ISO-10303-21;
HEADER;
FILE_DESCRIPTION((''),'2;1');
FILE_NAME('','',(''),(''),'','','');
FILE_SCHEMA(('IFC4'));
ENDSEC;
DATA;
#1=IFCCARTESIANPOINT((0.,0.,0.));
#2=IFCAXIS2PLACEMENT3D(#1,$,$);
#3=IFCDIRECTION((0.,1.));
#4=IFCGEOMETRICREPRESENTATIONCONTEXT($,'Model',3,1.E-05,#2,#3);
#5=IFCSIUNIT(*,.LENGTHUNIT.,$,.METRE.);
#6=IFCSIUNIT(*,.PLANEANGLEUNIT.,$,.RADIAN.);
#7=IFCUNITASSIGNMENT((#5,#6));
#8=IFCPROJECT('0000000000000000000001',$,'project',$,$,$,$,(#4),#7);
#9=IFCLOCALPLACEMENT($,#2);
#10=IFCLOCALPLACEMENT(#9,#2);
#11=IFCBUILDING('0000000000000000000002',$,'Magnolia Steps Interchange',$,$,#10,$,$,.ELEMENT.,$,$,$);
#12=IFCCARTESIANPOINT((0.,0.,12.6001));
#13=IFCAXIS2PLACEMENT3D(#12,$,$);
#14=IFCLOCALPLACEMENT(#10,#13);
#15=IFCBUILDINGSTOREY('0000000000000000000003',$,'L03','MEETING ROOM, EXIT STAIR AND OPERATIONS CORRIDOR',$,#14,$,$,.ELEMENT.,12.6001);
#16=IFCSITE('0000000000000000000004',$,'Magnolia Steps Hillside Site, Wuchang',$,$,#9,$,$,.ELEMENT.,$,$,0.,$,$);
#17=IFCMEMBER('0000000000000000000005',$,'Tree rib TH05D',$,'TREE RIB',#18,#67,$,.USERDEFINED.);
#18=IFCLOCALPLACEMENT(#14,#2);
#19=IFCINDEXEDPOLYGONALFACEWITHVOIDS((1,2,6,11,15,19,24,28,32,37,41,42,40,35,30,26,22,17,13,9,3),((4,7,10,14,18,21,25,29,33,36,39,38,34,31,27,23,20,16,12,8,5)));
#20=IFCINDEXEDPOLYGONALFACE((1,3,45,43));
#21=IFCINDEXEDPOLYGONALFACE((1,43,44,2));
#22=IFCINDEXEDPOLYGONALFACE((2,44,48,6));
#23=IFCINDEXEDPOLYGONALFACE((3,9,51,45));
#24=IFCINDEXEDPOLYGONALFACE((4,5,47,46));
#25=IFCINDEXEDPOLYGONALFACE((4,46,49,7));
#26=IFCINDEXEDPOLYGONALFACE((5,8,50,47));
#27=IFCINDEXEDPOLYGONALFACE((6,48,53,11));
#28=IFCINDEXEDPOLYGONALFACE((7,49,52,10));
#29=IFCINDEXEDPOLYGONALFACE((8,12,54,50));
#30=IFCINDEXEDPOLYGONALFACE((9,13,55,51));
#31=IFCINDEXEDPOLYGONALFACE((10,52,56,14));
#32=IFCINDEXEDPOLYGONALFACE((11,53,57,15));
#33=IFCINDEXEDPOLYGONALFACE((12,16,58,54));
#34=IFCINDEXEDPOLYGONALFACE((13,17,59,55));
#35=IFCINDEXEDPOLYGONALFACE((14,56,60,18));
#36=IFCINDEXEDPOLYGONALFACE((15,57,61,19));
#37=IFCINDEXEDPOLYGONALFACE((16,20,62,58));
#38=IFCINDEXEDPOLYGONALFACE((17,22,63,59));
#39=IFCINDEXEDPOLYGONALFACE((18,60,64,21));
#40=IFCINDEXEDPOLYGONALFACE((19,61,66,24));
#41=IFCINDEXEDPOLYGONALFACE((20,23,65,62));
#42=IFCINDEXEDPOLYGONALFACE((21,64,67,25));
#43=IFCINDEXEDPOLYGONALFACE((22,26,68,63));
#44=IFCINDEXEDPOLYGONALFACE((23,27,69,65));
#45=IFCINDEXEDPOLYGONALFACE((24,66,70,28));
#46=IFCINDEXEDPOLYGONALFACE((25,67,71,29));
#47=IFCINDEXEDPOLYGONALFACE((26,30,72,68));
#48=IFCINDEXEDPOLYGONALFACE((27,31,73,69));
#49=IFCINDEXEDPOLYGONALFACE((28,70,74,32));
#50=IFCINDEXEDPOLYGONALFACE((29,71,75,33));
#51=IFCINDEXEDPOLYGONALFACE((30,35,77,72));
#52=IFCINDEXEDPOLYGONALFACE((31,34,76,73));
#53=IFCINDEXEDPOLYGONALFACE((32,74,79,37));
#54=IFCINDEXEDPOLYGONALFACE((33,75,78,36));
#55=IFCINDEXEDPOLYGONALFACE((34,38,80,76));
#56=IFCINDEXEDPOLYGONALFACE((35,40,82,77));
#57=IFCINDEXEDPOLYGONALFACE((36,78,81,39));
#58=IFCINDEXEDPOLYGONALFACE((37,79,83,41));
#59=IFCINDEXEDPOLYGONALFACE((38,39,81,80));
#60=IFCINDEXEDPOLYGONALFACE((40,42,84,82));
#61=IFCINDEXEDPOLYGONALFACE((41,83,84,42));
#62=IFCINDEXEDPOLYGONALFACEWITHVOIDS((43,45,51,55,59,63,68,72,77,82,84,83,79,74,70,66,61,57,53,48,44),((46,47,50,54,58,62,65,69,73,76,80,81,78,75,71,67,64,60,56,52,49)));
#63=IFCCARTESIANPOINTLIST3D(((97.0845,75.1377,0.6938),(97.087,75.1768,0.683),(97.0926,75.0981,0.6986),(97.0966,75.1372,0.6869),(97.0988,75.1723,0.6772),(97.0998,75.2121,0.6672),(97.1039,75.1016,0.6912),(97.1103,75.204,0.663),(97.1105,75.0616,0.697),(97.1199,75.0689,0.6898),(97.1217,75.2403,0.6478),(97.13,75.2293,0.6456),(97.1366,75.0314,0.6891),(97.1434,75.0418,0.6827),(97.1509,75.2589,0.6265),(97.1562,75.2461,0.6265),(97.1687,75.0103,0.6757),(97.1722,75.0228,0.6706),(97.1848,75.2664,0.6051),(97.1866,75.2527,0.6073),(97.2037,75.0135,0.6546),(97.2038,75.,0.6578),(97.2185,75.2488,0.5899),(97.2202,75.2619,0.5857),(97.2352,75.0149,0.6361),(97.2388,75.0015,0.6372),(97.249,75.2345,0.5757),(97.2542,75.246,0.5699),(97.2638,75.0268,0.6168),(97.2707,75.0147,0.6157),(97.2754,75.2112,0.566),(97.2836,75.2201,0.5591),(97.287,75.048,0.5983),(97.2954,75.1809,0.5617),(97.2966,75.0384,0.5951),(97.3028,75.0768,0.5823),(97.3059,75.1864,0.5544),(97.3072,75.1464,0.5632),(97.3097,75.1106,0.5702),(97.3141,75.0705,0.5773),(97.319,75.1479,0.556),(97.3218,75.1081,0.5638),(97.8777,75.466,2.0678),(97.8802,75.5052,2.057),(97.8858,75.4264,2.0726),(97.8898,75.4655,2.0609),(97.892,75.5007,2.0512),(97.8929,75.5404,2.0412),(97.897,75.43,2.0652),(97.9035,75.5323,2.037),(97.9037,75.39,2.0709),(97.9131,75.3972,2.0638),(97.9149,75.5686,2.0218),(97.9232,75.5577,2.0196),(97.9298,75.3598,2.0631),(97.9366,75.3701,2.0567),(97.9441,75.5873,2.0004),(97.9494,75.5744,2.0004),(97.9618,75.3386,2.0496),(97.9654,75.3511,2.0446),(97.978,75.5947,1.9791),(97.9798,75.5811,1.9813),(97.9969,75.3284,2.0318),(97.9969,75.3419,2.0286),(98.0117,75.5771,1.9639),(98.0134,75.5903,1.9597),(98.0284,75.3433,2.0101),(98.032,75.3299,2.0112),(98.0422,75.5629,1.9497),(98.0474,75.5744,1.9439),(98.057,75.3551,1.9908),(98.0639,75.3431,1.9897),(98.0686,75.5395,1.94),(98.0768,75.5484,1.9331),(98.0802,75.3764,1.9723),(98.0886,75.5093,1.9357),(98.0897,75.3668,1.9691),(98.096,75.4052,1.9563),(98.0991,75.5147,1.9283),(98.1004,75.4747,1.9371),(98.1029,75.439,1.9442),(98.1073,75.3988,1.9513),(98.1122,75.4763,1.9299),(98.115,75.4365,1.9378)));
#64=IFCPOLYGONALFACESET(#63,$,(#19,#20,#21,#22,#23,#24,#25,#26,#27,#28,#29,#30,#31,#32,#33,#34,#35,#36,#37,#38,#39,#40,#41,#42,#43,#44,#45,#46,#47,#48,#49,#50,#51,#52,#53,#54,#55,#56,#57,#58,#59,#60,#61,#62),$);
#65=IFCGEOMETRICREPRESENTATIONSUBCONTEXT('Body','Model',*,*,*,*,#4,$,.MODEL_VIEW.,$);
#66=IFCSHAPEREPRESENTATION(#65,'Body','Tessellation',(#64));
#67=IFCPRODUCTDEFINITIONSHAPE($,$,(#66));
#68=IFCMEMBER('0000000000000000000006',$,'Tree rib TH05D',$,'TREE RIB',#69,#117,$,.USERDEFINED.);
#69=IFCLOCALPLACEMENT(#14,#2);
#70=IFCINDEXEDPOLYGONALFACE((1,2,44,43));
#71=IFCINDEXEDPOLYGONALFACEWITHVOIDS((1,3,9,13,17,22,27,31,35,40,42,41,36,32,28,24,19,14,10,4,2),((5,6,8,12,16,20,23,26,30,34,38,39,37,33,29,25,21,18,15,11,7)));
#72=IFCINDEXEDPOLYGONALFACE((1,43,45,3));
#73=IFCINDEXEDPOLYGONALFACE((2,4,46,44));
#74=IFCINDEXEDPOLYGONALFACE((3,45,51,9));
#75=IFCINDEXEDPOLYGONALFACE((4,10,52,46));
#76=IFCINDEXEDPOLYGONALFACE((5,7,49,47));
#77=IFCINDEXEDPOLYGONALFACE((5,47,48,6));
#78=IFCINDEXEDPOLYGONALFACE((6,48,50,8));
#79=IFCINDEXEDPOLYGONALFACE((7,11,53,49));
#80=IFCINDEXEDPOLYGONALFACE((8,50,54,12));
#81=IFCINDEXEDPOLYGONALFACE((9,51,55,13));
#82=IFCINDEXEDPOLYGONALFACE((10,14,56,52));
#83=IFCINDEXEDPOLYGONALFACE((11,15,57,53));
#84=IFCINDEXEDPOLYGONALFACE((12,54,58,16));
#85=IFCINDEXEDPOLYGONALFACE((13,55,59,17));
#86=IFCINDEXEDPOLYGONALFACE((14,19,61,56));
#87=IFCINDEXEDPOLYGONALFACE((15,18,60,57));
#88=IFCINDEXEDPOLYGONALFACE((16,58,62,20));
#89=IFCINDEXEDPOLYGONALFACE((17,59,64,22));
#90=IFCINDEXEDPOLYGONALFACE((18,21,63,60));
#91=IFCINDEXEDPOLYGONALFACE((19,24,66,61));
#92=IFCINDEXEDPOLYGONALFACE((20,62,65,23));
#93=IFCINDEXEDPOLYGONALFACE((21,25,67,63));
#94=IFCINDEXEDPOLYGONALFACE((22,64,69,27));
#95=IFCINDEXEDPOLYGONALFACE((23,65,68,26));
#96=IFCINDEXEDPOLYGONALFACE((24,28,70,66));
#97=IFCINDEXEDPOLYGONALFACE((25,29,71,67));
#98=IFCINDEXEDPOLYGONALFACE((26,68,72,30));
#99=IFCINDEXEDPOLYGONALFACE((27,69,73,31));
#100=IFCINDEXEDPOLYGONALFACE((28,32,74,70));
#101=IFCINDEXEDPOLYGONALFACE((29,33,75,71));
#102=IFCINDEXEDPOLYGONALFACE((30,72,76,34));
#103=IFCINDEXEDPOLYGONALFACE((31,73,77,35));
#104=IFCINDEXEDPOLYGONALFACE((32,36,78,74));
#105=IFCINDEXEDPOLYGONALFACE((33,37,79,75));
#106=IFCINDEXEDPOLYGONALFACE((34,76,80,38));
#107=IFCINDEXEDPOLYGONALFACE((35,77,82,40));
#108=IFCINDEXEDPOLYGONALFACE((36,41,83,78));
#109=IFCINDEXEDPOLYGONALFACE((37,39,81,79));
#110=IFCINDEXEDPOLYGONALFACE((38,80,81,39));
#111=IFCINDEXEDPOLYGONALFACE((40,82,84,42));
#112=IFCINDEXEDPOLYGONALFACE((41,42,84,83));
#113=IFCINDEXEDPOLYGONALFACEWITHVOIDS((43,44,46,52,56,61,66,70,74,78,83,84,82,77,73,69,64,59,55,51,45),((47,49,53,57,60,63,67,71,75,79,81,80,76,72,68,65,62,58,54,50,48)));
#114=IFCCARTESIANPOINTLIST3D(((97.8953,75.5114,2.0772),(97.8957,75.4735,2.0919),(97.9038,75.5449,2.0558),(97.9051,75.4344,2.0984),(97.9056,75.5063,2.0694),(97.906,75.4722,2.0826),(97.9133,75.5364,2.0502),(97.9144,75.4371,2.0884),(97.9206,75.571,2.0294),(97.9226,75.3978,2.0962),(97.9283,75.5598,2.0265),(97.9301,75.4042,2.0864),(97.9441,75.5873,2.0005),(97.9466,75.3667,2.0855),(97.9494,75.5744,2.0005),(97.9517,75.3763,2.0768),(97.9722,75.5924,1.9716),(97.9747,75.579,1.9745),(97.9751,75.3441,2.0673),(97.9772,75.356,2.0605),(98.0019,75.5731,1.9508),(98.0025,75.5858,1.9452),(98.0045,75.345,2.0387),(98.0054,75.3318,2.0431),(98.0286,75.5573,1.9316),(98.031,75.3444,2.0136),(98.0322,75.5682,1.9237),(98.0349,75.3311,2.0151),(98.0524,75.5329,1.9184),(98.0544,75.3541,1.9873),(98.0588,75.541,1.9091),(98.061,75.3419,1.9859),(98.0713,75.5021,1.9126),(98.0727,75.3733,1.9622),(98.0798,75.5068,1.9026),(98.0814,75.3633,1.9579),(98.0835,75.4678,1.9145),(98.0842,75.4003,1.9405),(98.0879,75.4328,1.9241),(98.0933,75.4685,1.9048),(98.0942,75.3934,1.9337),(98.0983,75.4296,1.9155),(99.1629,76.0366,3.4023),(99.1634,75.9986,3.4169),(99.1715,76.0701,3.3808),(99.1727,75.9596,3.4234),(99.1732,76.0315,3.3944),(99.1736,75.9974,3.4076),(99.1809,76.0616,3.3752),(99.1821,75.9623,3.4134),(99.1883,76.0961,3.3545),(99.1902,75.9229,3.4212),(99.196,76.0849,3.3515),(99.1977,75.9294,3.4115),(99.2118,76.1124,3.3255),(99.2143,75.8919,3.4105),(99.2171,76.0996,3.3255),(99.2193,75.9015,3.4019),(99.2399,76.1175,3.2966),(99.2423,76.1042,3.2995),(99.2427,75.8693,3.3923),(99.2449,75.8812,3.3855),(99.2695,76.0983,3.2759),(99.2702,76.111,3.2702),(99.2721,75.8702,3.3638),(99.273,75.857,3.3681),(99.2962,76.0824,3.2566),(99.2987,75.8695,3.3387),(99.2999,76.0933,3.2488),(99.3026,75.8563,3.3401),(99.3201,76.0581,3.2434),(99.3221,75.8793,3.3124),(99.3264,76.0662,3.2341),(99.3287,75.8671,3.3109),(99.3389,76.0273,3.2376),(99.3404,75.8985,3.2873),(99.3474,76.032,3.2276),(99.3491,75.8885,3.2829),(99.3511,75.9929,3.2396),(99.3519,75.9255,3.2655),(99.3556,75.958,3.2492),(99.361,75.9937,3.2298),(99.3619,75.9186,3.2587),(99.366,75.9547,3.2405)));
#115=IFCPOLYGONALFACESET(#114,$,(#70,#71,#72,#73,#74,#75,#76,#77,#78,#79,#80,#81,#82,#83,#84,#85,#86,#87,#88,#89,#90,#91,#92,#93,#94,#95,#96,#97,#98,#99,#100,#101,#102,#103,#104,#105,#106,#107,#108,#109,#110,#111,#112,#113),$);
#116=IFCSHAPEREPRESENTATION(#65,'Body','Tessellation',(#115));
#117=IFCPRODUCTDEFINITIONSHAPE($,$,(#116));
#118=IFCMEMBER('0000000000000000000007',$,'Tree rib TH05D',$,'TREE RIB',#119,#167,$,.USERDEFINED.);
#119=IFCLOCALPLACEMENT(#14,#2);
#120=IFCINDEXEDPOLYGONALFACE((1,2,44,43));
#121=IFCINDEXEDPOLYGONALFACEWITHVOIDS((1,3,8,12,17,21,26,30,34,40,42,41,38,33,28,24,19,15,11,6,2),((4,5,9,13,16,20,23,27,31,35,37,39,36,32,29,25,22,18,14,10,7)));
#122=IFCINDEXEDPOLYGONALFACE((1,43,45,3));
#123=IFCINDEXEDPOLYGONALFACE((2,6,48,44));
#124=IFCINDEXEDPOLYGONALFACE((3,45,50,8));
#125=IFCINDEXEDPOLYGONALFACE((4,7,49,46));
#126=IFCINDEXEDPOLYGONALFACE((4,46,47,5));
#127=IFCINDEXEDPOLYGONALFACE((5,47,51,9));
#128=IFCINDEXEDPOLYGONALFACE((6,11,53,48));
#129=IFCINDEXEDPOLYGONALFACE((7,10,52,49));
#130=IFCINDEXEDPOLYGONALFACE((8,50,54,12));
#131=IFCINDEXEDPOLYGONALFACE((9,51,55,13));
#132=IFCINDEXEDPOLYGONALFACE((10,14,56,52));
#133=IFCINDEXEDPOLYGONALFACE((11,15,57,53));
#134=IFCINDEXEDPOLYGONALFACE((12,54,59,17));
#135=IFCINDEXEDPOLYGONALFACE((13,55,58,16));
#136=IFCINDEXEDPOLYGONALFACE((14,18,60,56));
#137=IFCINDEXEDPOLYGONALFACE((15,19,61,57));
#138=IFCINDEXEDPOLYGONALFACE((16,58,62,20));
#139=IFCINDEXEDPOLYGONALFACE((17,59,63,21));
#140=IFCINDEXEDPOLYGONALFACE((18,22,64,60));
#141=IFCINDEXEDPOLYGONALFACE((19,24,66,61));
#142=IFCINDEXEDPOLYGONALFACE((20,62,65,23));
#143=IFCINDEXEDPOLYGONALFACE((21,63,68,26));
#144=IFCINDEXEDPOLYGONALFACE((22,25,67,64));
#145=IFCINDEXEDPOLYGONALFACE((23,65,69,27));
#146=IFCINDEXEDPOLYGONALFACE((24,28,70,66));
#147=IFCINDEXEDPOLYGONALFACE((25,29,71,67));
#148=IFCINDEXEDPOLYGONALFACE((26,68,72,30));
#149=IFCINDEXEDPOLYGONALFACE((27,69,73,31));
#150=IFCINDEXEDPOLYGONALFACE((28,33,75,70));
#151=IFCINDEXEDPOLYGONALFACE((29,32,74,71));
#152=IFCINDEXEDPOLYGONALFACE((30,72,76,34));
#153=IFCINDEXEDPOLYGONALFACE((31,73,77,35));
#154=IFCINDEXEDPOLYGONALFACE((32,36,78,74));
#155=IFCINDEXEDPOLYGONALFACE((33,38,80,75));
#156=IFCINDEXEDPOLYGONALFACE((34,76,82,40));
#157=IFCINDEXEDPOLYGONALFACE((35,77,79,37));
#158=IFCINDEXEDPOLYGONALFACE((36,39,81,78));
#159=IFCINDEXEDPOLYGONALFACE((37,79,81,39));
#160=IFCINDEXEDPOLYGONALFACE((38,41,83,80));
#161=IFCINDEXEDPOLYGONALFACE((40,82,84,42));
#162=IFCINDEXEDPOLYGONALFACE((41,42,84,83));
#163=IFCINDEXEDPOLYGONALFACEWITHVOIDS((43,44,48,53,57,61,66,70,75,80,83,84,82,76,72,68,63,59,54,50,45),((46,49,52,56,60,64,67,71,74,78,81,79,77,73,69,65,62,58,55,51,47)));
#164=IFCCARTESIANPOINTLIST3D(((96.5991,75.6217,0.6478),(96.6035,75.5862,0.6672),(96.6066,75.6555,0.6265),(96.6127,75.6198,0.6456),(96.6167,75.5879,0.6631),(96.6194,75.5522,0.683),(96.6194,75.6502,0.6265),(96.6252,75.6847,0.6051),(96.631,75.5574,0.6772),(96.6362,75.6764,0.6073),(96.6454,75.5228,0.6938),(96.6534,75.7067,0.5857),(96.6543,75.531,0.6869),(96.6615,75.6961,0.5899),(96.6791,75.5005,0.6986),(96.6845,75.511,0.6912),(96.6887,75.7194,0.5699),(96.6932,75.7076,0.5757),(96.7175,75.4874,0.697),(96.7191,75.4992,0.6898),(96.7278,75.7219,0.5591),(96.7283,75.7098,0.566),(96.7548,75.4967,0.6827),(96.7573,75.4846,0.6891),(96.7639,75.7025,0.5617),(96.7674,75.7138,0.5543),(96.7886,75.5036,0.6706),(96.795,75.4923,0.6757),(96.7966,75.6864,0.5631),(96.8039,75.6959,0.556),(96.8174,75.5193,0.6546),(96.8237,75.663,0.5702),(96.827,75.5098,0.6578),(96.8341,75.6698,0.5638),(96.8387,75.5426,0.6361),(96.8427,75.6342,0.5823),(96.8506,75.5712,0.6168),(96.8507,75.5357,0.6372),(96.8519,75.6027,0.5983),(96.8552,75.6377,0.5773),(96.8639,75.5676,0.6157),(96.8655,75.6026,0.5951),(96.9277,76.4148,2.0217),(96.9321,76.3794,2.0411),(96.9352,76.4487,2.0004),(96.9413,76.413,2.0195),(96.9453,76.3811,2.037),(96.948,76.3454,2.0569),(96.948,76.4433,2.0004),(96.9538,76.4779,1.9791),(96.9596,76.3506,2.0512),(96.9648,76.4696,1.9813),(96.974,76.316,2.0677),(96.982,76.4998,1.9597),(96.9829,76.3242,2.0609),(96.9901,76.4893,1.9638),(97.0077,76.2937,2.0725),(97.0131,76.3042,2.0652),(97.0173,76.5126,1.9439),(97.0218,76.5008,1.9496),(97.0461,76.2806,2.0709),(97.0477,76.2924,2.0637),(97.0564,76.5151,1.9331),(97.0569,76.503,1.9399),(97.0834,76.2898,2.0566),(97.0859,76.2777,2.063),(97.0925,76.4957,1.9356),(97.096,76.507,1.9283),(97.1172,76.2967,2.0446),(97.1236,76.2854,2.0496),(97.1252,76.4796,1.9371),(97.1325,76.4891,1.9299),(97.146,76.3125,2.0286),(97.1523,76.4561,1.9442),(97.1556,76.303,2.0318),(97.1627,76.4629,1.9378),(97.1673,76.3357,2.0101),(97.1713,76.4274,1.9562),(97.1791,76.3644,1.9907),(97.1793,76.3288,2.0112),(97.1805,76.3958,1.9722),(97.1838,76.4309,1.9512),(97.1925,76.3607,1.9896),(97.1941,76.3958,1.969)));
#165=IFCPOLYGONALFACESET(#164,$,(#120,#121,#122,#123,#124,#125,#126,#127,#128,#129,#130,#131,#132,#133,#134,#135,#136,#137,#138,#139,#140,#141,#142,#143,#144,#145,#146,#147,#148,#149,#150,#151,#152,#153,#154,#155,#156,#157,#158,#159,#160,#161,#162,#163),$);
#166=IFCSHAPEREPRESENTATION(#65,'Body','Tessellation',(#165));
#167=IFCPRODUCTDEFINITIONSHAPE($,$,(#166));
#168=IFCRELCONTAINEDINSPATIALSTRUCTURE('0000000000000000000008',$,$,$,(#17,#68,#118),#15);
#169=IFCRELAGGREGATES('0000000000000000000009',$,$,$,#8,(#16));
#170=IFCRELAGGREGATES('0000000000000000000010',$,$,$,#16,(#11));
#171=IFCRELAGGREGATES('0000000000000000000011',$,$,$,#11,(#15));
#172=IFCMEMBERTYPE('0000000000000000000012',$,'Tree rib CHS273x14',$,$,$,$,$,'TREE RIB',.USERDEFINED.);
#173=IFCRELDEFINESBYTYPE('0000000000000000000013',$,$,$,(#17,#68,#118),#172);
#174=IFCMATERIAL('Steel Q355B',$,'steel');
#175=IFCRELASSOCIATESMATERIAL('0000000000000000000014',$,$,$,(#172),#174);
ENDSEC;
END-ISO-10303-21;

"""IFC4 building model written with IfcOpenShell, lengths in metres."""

from ifc_helpers import new_model, si_unit, direction, frame, origin, origin_2d, place, context, subcontext, project, spatial, hollow_circle, extrude, material, material_profile, profile_set, type_object, element, save


model = new_model("IFC4")

# Units and contexts
model_context = context("Model", 3, precision=1e-05, world=origin(), true_north=direction((0.0, 1.0)))
body_context = subcontext(model_context, "Body", "Model", "MODEL_VIEW")
ifc_project = project(units=[si_unit("LENGTHUNIT", "METRE"), si_unit("PLANEANGLEUNIT", "RADIAN")], contexts=[model_context])

# Site, building, storey
site_placement = place(None, origin())
site = spatial("IfcSite", under=ifc_project, at=site_placement, Name="Magnolia Steps Hillside Site, Wuchang", CompositionType="ELEMENT", RefElevation=0.0)
building_placement = place(site_placement, origin())
building = spatial("IfcBuilding", under=site, at=building_placement, Name="Magnolia Steps Interchange", CompositionType="ELEMENT")
storey_placement = place(building_placement, frame((0.0, 0.0, 12.6001)))
storey = spatial("IfcBuildingStorey", under=building, at=storey_placement, Name="L03", Description="MEETING ROOM, EXIT STAIR AND OPERATIONS CORRIDOR", CompositionType="ELEMENT", Elevation=12.6001)

# Members
ifc_material_1 = material(Name="Steel Q355B", Category="steel")
ifc_material_profile_1 = material_profile(ifc_material_1, hollow_circle(Radius=0.1365, WallThickness=0.0139, at=origin_2d()), Name="CHS273x14")
ifc_profile_set_1 = profile_set([ifc_material_profile_1], Name="Steel Q355B")
member_type_1 = type_object("IfcMemberType", Name="Tree rib CHS273x14", ElementType="TREE RIB", PredefinedType="USERDEFINED", material=ifc_profile_set_1)
member_1_placement = place(storey_placement, frame((97.2031, 75.1328, 0.6265), z_axis=(0.489586, 0.202676, 0.848073), x_axis=(-0.382494, 0.923958, 0.0)))
element("IfcMember", 1, at=member_1_placement, inside=storey, type_object=member_type_1, Name="Tree rib TH05D", ObjectType="TREE RIB", PredefinedType="USERDEFINED", context=body_context, shape_type="SweptSolid", body=[
    extrude(hollow_circle(Radius=0.1365, WallThickness=0.0139, at=origin_2d()), origin(), (0.0, 0.0, 1.0), 1.6201),
])
member_2_placement = place(storey_placement, frame((97.9963, 75.4612, 2.0005), z_axis=(0.664571, 0.275326, 0.694651), x_axis=(-0.382745, 0.923854, 0.0)))
element("IfcMember", 2, at=member_2_placement, inside=storey, type_object=member_type_1, Name="Tree rib TH05D", ObjectType="TREE RIB", PredefinedType="USERDEFINED", context=body_context, shape_type="SweptSolid", body=[
    extrude(hollow_circle(Radius=0.1365, WallThickness=0.0139, at=origin_2d()), origin(), (0.0, 0.0, 1.0), 1.9075),
])
member_3_placement = place(storey_placement, frame((96.7327, 75.6033, 0.6265), z_axis=(0.20282, 0.489571, 0.848047), x_axis=(-0.923857, 0.382737, 0.0)))
element("IfcMember", 3, at=member_3_placement, inside=storey, type_object=member_type_1, Name="Tree rib TH05D", ObjectType="TREE RIB", PredefinedType="USERDEFINED", context=body_context, shape_type="SweptSolid", body=[
    extrude(hollow_circle(Radius=0.1365, WallThickness=0.0139, at=origin_2d()), origin(), (0.0, 0.0, 1.0), 1.6201),
])

save(model, "model.ifc")
